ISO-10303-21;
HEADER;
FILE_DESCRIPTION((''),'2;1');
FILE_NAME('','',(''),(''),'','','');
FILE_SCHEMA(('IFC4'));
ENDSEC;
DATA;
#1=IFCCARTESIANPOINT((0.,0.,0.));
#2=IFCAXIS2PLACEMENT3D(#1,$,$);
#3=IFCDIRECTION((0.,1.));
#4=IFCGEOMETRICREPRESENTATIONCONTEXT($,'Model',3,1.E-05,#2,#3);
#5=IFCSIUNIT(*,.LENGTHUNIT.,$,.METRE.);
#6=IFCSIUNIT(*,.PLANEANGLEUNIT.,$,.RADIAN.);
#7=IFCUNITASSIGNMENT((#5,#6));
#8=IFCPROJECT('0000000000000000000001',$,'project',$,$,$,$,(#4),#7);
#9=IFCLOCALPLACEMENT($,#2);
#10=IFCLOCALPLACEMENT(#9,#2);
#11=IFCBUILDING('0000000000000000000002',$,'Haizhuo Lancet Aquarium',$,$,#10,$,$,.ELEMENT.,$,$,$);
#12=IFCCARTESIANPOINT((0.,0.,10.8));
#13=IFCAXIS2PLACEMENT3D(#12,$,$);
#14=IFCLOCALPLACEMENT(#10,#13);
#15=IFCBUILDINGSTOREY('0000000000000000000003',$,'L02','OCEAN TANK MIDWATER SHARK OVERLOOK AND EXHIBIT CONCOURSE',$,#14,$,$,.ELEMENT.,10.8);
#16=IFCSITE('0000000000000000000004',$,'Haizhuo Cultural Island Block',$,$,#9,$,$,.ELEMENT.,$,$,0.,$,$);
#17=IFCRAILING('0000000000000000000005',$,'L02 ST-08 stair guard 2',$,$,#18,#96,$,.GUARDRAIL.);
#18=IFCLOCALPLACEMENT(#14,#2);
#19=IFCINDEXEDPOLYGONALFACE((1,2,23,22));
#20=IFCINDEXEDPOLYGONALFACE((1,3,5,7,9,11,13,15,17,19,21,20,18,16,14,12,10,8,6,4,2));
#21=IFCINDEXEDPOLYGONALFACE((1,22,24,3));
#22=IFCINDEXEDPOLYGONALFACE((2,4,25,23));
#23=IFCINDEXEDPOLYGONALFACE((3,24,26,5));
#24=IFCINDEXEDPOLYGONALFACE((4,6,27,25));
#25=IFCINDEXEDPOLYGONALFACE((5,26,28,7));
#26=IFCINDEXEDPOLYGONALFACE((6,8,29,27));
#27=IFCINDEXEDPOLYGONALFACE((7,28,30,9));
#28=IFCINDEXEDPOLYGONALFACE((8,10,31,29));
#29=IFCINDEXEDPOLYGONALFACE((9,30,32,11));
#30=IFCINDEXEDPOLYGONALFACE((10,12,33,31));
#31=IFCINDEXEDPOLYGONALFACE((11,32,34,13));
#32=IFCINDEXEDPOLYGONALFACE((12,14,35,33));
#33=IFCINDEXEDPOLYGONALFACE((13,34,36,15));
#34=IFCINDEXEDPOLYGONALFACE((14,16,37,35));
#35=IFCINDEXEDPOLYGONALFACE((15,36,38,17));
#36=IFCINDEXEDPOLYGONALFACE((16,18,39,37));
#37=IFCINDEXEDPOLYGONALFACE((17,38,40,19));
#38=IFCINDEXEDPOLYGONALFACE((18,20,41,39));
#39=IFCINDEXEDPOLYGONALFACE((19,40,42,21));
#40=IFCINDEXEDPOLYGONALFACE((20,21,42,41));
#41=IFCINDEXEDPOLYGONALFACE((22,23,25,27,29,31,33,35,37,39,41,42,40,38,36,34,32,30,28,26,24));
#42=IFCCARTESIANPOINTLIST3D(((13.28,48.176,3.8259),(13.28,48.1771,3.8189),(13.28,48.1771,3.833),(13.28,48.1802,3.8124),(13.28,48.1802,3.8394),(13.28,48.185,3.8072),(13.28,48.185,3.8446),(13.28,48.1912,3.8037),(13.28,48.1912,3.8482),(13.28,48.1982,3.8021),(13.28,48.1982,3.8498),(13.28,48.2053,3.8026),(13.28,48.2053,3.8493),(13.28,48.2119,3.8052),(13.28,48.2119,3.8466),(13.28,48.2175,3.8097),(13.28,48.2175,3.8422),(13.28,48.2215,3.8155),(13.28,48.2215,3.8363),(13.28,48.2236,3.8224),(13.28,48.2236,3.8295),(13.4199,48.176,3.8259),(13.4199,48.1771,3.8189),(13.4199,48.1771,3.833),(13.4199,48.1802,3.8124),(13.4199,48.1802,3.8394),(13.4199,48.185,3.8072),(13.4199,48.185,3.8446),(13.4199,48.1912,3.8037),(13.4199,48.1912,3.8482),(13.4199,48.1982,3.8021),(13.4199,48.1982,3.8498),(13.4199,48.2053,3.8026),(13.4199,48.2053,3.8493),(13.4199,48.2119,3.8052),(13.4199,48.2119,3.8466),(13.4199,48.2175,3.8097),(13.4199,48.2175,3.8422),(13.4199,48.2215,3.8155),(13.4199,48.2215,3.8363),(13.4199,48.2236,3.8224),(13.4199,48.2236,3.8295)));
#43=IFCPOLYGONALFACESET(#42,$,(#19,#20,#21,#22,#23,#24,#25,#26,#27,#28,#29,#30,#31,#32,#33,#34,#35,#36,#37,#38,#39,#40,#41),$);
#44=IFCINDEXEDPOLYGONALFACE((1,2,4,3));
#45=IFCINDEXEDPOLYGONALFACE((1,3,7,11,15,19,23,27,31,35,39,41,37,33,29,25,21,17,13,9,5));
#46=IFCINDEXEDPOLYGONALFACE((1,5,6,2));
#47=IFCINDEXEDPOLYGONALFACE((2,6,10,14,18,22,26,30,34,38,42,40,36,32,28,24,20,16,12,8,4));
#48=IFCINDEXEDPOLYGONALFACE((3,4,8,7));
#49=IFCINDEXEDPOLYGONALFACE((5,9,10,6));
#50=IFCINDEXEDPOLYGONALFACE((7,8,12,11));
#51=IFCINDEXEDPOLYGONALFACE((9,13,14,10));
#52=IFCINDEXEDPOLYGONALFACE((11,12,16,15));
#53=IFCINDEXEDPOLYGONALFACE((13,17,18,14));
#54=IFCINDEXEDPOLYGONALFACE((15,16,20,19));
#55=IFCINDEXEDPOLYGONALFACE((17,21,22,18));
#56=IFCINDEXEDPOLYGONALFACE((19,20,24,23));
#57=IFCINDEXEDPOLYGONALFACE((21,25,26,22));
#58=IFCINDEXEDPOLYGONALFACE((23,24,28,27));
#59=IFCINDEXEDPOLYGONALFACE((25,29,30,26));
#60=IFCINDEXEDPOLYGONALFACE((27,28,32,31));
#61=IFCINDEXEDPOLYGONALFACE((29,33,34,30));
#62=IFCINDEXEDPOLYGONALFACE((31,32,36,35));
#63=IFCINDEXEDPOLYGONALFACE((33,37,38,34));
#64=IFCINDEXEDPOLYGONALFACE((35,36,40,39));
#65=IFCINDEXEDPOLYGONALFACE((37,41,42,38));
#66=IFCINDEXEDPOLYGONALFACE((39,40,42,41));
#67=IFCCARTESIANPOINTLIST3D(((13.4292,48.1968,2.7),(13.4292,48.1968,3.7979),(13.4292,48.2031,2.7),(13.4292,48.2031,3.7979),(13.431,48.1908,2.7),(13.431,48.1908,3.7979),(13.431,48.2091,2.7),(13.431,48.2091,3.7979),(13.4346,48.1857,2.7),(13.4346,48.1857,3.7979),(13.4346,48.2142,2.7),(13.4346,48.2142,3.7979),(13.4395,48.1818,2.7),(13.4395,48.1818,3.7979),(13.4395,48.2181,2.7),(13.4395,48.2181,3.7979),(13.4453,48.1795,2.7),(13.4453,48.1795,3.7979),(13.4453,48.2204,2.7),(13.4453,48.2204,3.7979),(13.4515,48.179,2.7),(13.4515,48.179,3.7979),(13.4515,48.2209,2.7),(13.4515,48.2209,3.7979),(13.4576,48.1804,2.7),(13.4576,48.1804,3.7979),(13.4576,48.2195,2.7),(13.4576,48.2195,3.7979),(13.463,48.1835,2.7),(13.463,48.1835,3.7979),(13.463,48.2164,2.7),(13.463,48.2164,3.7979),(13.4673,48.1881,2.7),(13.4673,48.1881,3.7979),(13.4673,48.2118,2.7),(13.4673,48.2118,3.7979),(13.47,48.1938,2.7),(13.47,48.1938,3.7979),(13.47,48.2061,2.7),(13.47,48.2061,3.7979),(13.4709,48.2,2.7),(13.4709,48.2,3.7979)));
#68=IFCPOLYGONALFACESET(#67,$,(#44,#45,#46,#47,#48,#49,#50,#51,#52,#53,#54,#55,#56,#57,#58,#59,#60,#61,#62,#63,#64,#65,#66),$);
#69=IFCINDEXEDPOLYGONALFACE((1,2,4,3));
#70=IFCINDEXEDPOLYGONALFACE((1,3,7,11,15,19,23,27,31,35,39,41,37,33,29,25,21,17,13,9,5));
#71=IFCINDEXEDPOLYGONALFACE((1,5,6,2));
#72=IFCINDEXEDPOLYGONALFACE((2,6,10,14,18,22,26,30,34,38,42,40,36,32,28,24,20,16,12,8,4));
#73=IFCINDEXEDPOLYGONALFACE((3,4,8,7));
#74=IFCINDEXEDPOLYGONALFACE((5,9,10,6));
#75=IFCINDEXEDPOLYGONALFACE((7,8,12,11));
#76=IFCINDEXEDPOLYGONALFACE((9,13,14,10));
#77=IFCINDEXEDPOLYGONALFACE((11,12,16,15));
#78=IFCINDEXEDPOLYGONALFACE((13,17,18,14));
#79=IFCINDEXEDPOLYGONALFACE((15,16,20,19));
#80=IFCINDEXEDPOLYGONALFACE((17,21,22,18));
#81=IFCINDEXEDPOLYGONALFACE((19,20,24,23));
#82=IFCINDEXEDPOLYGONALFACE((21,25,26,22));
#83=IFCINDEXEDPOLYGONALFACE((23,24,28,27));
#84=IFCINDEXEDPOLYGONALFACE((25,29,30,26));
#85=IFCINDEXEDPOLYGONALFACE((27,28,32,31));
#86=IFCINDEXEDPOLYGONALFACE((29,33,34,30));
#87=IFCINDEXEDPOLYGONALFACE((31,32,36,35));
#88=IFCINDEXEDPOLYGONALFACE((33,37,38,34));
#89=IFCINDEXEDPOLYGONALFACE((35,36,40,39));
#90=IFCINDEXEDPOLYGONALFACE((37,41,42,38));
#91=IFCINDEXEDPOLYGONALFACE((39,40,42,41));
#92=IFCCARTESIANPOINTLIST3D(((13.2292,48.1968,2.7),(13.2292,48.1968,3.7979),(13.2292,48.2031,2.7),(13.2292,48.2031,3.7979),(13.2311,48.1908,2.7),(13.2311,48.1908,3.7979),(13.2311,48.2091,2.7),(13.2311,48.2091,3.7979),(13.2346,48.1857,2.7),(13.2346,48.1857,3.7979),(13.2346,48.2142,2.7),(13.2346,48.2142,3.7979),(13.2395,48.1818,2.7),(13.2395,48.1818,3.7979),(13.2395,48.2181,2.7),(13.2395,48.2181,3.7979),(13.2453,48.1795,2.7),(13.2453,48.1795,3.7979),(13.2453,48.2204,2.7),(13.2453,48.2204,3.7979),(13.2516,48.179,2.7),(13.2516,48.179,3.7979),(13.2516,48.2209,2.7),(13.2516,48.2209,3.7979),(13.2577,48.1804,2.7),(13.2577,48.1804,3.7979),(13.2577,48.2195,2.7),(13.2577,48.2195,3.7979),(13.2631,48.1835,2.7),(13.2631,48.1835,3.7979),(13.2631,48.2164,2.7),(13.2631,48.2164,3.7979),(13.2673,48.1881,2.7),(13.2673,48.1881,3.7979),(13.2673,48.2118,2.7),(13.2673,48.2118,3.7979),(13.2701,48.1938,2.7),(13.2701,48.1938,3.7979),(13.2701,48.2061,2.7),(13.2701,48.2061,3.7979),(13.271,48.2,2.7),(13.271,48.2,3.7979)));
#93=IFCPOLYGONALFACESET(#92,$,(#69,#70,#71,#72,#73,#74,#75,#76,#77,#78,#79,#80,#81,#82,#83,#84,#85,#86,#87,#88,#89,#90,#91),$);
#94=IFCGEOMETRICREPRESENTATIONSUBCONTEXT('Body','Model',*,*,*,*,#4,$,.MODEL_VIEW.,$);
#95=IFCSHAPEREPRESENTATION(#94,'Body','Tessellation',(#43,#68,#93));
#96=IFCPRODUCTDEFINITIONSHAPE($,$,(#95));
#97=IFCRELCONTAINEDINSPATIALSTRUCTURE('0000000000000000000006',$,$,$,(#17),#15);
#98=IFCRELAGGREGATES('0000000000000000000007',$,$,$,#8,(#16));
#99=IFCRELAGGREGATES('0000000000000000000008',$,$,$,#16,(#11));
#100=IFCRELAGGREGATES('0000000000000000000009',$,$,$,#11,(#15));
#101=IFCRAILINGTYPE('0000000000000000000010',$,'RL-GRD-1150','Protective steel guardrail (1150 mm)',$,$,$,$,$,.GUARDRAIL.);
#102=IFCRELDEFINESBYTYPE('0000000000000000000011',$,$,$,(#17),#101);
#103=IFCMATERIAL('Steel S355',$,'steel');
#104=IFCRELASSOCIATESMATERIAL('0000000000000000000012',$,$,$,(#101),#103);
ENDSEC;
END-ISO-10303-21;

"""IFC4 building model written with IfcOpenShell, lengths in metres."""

from ifc_helpers import new_model, si_unit, direction, frame, origin, origin_2d, place, context, subcontext, project, spatial, circle, extrude, material, type_object, element, save


model = new_model("IFC4")

# Units and contexts
model_context = context("Model", 3, precision=1e-05, world=origin(), true_north=direction((0.0, 1.0)))
body_context = subcontext(model_context, "Body", "Model", "MODEL_VIEW")
ifc_project = project(units=[si_unit("LENGTHUNIT", "METRE"), si_unit("PLANEANGLEUNIT", "RADIAN")], contexts=[model_context])

# Site, building, storey
site_placement = place(None, origin())
site = spatial("IfcSite", under=ifc_project, at=site_placement, Name="Haizhuo Cultural Island Block", CompositionType="ELEMENT", RefElevation=0.0)
building_placement = place(site_placement, origin())
building = spatial("IfcBuilding", under=site, at=building_placement, Name="Haizhuo Lancet Aquarium", CompositionType="ELEMENT")
storey_placement = place(building_placement, frame((0.0, 0.0, 10.8)))
storey = spatial("IfcBuildingStorey", under=building, at=storey_placement, Name="L02", Description="OCEAN TANK MIDWATER SHARK OVERLOOK AND EXHIBIT CONCOURSE", CompositionType="ELEMENT", Elevation=10.8)

# Shared definitions
ifc_material_1 = material(Name="Steel S355", Category="steel")

# Railing
railing_type_1 = type_object("IfcRailingType", Name="RL-GRD-1150", Description="Protective steel guardrail (1150 mm)", PredefinedType="GUARDRAIL", material=ifc_material_1)
railing_1_placement = place(storey_placement, frame((13.45, 48.2, 2.7)))
element("IfcRailing", 1, at=railing_1_placement, inside=storey, type_object=railing_type_1, Name="L02 ST-08 stair guard 2", PredefinedType="GUARDRAIL", context=body_context, shape_type="SweptSolid", body=[
    extrude(circle(Radius=0.0239, at=origin_2d()), frame((-0.03, 0.0, 1.126), z_axis=(-1.0, 0.0, 0.0), x_axis=(0.0, -1.0, 0.0)), (0.0, 0.0, 1.0), 0.1399),
    extrude(circle(Radius=0.021, at=origin_2d()), origin(), (0.0, 0.0, 1.0), 1.0979),
    extrude(circle(Radius=0.021, at=origin_2d()), frame((-0.2, 0.0, 0.0)), (0.0, 0.0, 1.0), 1.0979),
])

save(model, "model.ifc")
